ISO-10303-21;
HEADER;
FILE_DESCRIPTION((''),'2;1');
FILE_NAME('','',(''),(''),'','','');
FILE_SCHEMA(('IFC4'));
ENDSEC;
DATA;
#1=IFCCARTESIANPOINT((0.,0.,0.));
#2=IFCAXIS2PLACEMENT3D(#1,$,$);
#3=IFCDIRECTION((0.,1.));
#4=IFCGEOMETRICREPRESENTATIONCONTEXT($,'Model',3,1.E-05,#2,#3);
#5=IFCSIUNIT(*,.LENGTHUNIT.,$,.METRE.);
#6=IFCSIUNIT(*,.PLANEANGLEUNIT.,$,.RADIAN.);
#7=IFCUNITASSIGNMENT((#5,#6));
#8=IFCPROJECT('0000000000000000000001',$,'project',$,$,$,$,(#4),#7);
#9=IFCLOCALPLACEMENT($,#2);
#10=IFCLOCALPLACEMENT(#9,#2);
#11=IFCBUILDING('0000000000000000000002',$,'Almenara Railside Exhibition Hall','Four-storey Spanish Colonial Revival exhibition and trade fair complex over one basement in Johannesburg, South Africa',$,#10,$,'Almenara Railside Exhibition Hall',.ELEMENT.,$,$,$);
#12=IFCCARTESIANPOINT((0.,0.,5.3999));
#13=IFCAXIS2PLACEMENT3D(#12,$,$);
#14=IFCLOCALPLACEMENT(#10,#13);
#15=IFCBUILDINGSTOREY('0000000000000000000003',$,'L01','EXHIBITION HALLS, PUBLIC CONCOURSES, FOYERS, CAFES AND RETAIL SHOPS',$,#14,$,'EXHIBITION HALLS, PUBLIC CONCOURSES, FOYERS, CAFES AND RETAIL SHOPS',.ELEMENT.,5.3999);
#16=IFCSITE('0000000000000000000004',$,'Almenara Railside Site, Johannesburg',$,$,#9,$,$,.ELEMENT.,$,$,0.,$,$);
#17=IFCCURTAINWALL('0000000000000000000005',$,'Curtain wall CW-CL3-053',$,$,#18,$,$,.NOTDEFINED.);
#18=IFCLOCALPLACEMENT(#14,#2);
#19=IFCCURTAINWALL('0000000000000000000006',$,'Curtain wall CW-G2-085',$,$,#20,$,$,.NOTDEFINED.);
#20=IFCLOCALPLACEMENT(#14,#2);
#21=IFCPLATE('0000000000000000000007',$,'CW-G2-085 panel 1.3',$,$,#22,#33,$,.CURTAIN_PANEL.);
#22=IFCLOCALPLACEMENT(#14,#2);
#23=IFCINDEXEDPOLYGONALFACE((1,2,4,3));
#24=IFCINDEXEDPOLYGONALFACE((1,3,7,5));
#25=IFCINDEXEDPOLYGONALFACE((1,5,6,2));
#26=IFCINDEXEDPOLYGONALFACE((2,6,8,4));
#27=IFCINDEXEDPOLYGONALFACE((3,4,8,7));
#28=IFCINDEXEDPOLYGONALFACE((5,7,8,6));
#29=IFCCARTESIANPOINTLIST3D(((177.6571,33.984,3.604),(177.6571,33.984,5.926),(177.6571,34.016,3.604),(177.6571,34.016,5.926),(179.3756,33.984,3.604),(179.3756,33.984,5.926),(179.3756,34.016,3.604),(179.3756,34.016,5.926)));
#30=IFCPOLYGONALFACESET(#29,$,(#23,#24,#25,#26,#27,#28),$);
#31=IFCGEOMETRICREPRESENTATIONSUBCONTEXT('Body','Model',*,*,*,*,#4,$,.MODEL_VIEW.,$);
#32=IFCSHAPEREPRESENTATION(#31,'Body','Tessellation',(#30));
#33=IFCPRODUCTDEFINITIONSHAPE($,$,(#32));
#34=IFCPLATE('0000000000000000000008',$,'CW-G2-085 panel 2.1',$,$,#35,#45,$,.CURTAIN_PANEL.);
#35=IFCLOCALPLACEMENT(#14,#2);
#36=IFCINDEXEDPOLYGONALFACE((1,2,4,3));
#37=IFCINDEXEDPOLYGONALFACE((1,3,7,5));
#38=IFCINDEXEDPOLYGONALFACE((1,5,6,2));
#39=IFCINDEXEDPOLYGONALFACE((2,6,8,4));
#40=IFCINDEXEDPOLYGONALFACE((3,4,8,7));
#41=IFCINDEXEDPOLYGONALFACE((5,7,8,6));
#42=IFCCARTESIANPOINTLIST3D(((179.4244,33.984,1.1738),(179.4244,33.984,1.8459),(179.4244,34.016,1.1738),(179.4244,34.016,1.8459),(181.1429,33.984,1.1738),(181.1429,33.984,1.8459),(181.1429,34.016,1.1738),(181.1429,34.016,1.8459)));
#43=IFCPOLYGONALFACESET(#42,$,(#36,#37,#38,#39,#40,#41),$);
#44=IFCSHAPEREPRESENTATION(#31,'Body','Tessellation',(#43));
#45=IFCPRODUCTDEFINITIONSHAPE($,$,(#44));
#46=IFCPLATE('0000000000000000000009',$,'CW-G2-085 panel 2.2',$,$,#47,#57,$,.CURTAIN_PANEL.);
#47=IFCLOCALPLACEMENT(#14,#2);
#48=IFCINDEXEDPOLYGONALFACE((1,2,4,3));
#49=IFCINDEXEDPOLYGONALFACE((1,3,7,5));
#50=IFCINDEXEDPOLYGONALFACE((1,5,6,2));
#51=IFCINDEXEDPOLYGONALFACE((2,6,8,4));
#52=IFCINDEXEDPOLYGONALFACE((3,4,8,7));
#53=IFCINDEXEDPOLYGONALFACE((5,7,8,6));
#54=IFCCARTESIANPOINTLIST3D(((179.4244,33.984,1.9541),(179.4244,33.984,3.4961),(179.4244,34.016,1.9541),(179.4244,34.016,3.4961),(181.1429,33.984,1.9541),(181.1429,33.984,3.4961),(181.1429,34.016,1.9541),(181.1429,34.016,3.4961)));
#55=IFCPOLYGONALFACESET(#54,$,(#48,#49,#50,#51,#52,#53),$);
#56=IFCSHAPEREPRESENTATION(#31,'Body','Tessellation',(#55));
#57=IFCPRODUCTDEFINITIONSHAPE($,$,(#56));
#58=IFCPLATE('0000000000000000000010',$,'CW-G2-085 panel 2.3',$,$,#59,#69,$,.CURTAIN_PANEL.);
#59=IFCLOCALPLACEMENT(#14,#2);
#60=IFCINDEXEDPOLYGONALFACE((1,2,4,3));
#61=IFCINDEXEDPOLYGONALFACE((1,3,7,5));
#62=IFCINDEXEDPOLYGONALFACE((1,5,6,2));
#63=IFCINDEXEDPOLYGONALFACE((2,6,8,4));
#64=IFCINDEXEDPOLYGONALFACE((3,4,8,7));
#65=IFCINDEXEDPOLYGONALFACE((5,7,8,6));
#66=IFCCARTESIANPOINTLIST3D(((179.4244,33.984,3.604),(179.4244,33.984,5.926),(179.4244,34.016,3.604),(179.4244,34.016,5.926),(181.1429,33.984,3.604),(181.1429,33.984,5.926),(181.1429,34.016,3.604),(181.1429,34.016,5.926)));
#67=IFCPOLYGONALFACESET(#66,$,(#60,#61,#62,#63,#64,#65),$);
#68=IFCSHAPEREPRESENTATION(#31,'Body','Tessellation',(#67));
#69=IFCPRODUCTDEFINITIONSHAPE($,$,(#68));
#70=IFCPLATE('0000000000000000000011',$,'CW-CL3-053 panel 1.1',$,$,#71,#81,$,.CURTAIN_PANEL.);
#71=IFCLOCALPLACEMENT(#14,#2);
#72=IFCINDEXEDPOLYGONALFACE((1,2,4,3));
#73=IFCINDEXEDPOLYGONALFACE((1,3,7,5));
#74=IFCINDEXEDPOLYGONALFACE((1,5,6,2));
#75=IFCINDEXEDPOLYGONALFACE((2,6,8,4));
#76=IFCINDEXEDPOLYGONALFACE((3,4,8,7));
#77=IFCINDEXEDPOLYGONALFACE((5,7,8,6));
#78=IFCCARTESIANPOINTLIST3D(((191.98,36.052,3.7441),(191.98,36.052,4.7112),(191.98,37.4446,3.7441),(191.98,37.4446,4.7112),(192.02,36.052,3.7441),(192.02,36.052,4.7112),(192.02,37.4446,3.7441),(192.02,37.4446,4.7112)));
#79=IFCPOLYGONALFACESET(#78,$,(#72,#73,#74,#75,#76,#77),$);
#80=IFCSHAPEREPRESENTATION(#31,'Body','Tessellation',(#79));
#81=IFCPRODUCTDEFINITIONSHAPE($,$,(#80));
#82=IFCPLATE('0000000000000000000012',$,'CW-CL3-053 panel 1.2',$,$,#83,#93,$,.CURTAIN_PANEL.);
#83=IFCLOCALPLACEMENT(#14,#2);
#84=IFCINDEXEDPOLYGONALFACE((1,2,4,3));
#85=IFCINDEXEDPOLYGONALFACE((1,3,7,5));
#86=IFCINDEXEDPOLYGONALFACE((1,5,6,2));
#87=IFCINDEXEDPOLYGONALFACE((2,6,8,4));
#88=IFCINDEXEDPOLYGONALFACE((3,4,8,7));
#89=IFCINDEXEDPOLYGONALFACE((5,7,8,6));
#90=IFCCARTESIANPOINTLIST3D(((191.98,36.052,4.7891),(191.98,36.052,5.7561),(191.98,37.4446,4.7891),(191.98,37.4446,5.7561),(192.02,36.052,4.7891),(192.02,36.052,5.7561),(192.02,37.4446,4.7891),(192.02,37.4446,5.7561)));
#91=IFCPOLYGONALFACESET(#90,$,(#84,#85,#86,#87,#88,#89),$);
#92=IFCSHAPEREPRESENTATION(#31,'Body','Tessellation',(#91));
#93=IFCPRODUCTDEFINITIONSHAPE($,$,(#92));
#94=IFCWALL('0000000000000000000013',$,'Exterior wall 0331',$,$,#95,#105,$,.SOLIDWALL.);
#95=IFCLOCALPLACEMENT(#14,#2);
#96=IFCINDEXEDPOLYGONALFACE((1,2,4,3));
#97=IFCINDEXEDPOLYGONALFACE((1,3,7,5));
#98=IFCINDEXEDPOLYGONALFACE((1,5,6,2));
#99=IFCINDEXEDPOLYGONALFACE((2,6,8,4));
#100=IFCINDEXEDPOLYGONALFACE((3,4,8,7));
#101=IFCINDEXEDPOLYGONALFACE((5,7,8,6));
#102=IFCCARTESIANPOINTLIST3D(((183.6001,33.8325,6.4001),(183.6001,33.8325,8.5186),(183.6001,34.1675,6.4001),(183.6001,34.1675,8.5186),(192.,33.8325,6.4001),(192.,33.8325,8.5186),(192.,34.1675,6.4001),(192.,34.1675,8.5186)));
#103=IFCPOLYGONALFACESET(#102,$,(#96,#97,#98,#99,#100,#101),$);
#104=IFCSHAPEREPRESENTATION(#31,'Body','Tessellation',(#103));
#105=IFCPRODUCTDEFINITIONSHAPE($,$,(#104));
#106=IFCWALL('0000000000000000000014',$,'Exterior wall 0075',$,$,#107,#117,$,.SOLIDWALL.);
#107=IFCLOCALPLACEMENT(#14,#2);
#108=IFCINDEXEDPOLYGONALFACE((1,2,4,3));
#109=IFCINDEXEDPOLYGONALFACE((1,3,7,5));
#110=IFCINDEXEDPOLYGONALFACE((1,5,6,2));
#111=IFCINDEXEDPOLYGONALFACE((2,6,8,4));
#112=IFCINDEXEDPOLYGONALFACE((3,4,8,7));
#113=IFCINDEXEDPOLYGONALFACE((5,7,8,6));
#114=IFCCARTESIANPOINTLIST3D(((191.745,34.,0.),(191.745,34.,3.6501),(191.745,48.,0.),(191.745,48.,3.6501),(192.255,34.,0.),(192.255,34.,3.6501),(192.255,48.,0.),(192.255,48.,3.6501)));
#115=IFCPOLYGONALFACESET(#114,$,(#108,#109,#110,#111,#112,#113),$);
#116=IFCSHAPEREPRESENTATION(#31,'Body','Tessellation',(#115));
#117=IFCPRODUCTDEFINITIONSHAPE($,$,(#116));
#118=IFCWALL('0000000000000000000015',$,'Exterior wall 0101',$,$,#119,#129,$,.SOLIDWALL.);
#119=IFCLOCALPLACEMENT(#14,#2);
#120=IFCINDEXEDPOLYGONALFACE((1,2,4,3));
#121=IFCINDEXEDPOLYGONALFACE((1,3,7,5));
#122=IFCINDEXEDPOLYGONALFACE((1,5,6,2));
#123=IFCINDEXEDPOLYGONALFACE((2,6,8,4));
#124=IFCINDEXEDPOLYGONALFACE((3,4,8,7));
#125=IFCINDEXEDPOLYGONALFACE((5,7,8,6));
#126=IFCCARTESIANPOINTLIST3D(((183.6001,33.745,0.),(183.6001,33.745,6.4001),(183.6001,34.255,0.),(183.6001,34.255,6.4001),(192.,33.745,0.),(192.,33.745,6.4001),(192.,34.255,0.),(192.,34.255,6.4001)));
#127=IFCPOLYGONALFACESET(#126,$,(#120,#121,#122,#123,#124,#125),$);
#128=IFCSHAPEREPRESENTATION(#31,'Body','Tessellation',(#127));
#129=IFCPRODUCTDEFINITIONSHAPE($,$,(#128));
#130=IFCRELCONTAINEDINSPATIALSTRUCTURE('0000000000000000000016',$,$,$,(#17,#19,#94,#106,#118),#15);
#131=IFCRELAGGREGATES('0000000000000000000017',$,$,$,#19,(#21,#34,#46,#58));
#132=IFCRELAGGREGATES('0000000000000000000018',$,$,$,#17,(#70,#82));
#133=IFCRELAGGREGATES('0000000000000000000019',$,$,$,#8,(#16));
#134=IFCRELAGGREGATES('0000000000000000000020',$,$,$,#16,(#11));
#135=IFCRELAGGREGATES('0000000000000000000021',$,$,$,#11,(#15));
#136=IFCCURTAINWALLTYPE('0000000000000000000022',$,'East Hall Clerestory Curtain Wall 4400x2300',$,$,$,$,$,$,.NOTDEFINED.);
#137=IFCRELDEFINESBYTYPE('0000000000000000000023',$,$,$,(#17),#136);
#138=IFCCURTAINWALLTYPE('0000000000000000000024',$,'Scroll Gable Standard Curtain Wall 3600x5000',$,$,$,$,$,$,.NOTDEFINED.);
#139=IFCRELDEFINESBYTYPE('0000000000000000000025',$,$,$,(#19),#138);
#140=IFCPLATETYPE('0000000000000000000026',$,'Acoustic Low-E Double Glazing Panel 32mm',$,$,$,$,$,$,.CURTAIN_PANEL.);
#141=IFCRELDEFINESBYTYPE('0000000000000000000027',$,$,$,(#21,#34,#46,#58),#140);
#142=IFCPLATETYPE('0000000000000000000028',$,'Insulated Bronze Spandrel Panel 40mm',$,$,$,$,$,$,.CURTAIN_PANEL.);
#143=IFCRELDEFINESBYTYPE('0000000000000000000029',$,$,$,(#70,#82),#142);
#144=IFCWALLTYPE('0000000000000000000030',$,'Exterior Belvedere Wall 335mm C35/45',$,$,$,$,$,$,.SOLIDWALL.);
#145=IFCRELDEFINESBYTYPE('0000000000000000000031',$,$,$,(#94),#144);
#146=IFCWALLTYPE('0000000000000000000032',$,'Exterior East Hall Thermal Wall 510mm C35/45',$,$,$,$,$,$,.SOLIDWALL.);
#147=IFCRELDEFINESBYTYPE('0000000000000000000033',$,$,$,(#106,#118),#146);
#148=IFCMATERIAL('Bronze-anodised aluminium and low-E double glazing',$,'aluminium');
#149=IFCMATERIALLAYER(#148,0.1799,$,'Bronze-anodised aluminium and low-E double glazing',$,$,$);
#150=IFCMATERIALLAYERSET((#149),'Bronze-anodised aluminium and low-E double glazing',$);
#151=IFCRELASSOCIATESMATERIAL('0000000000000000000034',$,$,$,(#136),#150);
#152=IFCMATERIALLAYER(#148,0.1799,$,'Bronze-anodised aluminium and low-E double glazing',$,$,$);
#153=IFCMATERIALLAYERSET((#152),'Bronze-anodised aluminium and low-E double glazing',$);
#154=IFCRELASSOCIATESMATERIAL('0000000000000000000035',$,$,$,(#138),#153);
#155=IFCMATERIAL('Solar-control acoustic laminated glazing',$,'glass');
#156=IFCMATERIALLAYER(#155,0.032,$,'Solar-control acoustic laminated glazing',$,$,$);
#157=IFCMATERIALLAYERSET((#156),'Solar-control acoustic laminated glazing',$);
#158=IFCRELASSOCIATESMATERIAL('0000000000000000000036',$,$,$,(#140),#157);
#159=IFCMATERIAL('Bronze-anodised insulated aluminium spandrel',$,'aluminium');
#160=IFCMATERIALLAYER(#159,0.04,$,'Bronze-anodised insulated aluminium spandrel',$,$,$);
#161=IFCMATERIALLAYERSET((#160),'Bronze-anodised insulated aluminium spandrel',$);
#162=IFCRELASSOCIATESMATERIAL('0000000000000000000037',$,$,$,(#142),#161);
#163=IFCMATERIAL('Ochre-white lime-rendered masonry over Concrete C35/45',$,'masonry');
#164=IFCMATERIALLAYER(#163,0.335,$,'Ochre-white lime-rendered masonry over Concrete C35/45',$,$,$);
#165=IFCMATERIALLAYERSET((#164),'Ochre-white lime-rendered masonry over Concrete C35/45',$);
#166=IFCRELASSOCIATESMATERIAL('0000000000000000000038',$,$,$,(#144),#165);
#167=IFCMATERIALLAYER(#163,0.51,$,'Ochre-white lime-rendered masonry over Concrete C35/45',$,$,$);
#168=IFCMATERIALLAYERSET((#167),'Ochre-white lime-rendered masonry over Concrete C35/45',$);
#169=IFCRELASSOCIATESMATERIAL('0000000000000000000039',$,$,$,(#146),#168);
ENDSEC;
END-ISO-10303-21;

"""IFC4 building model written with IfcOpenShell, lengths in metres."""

from ifc_helpers import new_model, si_unit, direction, frame, frame_2d, origin, origin_2d, place, context, subcontext, project, spatial, rectangle, extrude, material, layer, layer_set, type_object, element, aggregate, save


model = new_model("IFC4")

# Units and contexts
model_context = context("Model", 3, precision=1e-05, world=origin(), true_north=direction((0.0, 1.0)))
body_context = subcontext(model_context, "Body", "Model", "MODEL_VIEW")
ifc_project = project(units=[si_unit("LENGTHUNIT", "METRE"), si_unit("PLANEANGLEUNIT", "RADIAN")], contexts=[model_context])

# Site, building, storey
site_placement = place(None, origin())
site = spatial("IfcSite", under=ifc_project, at=site_placement, Name="Almenara Railside Site, Johannesburg", CompositionType="ELEMENT", RefElevation=0.0)
building_placement = place(site_placement, origin())
building = spatial("IfcBuilding", under=site, at=building_placement, Name="Almenara Railside Exhibition Hall", Description="Four-storey Spanish Colonial Revival exhibition and trade fair complex over one basement in Johannesburg, South Africa", LongName="Almenara Railside Exhibition Hall", CompositionType="ELEMENT")
storey_placement = place(building_placement, frame((0.0, 0.0, 5.3999)))
storey = spatial("IfcBuildingStorey", under=building, at=storey_placement, Name="L01", Description="EXHIBITION HALLS, PUBLIC CONCOURSES, FOYERS, CAFES AND RETAIL SHOPS", LongName="EXHIBITION HALLS, PUBLIC CONCOURSES, FOYERS, CAFES AND RETAIL SHOPS", CompositionType="ELEMENT", Elevation=5.3999)

# Curtain walls
ifc_material_1 = material(Name="Bronze-anodised aluminium and low-E double glazing", Category="aluminium")
ifc_layer_1 = layer(ifc_material_1, 0.1799, Name="Bronze-anodised aluminium and low-E double glazing")
ifc_layer_set_1 = layer_set([ifc_layer_1], Name="Bronze-anodised aluminium and low-E double glazing")
curtain_wall_type_1 = type_object("IfcCurtainWallType", Name="East Hall Clerestory Curtain Wall 4400x2300", PredefinedType="NOTDEFINED", material=ifc_layer_set_1)
curtain_wall_1_placement = place(storey_placement, origin())
curtain_wall_1 = element("IfcCurtainWall", 1, at=curtain_wall_1_placement, inside=storey, type_object=curtain_wall_type_1, Name="Curtain wall CW-CL3-053", PredefinedType="NOTDEFINED")
ifc_layer_2 = layer(ifc_material_1, 0.1799, Name="Bronze-anodised aluminium and low-E double glazing")
ifc_layer_set_2 = layer_set([ifc_layer_2], Name="Bronze-anodised aluminium and low-E double glazing")
curtain_wall_type_2 = type_object("IfcCurtainWallType", Name="Scroll Gable Standard Curtain Wall 3600x5000", PredefinedType="NOTDEFINED", material=ifc_layer_set_2)
curtain_wall_2_placement = place(storey_placement, origin())
curtain_wall_2 = element("IfcCurtainWall", 2, at=curtain_wall_2_placement, inside=storey, type_object=curtain_wall_type_2, Name="Curtain wall CW-G2-085", PredefinedType="NOTDEFINED")

# Plates
ifc_material_2 = material(Name="Solar-control acoustic laminated glazing", Category="glass")
ifc_layer_3 = layer(ifc_material_2, 0.032, Name="Solar-control acoustic laminated glazing")
ifc_layer_set_3 = layer_set([ifc_layer_3], Name="Solar-control acoustic laminated glazing")
plate_type_1 = type_object("IfcPlateType", Name="Acoustic Low-E Double Glazing Panel 32mm", PredefinedType="CURTAIN_PANEL", material=ifc_layer_set_3)
plate_1_placement = place(storey_placement, frame((178.5164, 34.0, 3.604), z_axis=(0.0, 0.0, 1.0), x_axis=(1.0, 0.0, 0.0)))
plate_1 = element("IfcPlate", 3, at=plate_1_placement, type_object=plate_type_1, Name="CW-G2-085 panel 1.3", PredefinedType="CURTAIN_PANEL", context=body_context, shape_type="SweptSolid", body=[
    extrude(rectangle(XDim=1.7185, YDim=0.032, at=origin_2d()), origin(), (0.0, 0.0, 1.0), 2.322),
])
plate_2_placement = place(storey_placement, frame((180.2837, 34.0, 1.1738), z_axis=(0.0, 0.0, 1.0), x_axis=(1.0, 0.0, 0.0)))
plate_2 = element("IfcPlate", 4, at=plate_2_placement, type_object=plate_type_1, Name="CW-G2-085 panel 2.1", PredefinedType="CURTAIN_PANEL", context=body_context, shape_type="SweptSolid", body=[
    extrude(rectangle(XDim=1.7185, YDim=0.032, at=origin_2d()), origin(), (0.0, 0.0, 1.0), 0.6721),
])
plate_3_placement = place(storey_placement, frame((180.2837, 34.0, 1.9541), z_axis=(0.0, 0.0, 1.0), x_axis=(1.0, 0.0, 0.0)))
plate_3 = element("IfcPlate", 5, at=plate_3_placement, type_object=plate_type_1, Name="CW-G2-085 panel 2.2", PredefinedType="CURTAIN_PANEL", context=body_context, shape_type="SweptSolid", body=[
    extrude(rectangle(XDim=1.7185, YDim=0.032, at=origin_2d()), origin(), (0.0, 0.0, 1.0), 1.542),
])
plate_4_placement = place(storey_placement, frame((180.2837, 34.0, 3.604), z_axis=(0.0, 0.0, 1.0), x_axis=(1.0, 0.0, 0.0)))
plate_4 = element("IfcPlate", 6, at=plate_4_placement, type_object=plate_type_1, Name="CW-G2-085 panel 2.3", PredefinedType="CURTAIN_PANEL", context=body_context, shape_type="SweptSolid", body=[
    extrude(rectangle(XDim=1.7185, YDim=0.032, at=origin_2d()), origin(), (0.0, 0.0, 1.0), 2.322),
])
aggregate(curtain_wall_2, [plate_1, plate_2, plate_3, plate_4])
ifc_material_3 = material(Name="Bronze-anodised insulated aluminium spandrel", Category="aluminium")
ifc_layer_4 = layer(ifc_material_3, 0.04, Name="Bronze-anodised insulated aluminium spandrel")
ifc_layer_set_4 = layer_set([ifc_layer_4], Name="Bronze-anodised insulated aluminium spandrel")
plate_type_2 = type_object("IfcPlateType", Name="Insulated Bronze Spandrel Panel 40mm", PredefinedType="CURTAIN_PANEL", material=ifc_layer_set_4)
plate_5_placement = place(storey_placement, frame((192.0, 36.7483, 3.7441), z_axis=(0.0, 0.0, 1.0), x_axis=(0.0, 1.0, 0.0)))
plate_5 = element("IfcPlate", 7, at=plate_5_placement, type_object=plate_type_2, Name="CW-CL3-053 panel 1.1", PredefinedType="CURTAIN_PANEL", context=body_context, shape_type="SweptSolid", body=[
    extrude(rectangle(XDim=1.3926, YDim=0.04, at=origin_2d()), origin(), (0.0, 0.0, 1.0), 0.967),
])
plate_6_placement = place(storey_placement, frame((192.0, 36.7483, 4.7891), z_axis=(0.0, 0.0, 1.0), x_axis=(0.0, 1.0, 0.0)))
plate_6 = element("IfcPlate", 8, at=plate_6_placement, type_object=plate_type_2, Name="CW-CL3-053 panel 1.2", PredefinedType="CURTAIN_PANEL", context=body_context, shape_type="SweptSolid", body=[
    extrude(rectangle(XDim=1.3926, YDim=0.04, at=origin_2d()), origin(), (0.0, 0.0, 1.0), 0.967),
])
aggregate(curtain_wall_1, [plate_5, plate_6])

# Walls
ifc_material_4 = material(Name="Ochre-white lime-rendered masonry over Concrete C35/45", Category="masonry")
ifc_layer_5 = layer(ifc_material_4, 0.335, Name="Ochre-white lime-rendered masonry over Concrete C35/45")
ifc_layer_set_5 = layer_set([ifc_layer_5], Name="Ochre-white lime-rendered masonry over Concrete C35/45")
wall_type_1 = type_object("IfcWallType", Name="Exterior Belvedere Wall 335mm C35/45", PredefinedType="SOLIDWALL", material=ifc_layer_set_5)
wall_1_placement = place(storey_placement, frame((183.6001, 34.0, 6.4001), z_axis=(0.0, 0.0, 1.0), x_axis=(1.0, 0.0, 0.0)))
element("IfcWall", 9, at=wall_1_placement, inside=storey, type_object=wall_type_1, Name="Exterior wall 0331", PredefinedType="SOLIDWALL", context=body_context, shape_type="SweptSolid", body=[
    extrude(rectangle(XDim=8.3999, YDim=0.335, at=frame_2d((4.2, 0.0))), origin(), (0.0, 0.0, 1.0), 2.1184),
])
ifc_layer_6 = layer(ifc_material_4, 0.51, Name="Ochre-white lime-rendered masonry over Concrete C35/45")
ifc_layer_set_6 = layer_set([ifc_layer_6], Name="Ochre-white lime-rendered masonry over Concrete C35/45")
wall_type_2 = type_object("IfcWallType", Name="Exterior East Hall Thermal Wall 510mm C35/45", PredefinedType="SOLIDWALL", material=ifc_layer_set_6)
wall_2_placement = place(storey_placement, frame((192.0, 34.0, 0.0), z_axis=(0.0, 0.0, 1.0), x_axis=(0.0, 1.0, 0.0)))
element("IfcWall", 10, at=wall_2_placement, inside=storey, type_object=wall_type_2, Name="Exterior wall 0075", PredefinedType="SOLIDWALL", context=body_context, shape_type="SweptSolid", body=[
    extrude(rectangle(XDim=14.0, YDim=0.51, at=frame_2d((7.0, 0.0))), origin(), (0.0, 0.0, 1.0), 3.6501),
])
wall_3_placement = place(storey_placement, frame((183.6001, 34.0, 0.0), z_axis=(0.0, 0.0, 1.0), x_axis=(1.0, 0.0, 0.0)))
element("IfcWall", 11, at=wall_3_placement, inside=storey, type_object=wall_type_2, Name="Exterior wall 0101", PredefinedType="SOLIDWALL", context=body_context, shape_type="SweptSolid", body=[
    extrude(rectangle(XDim=8.3999, YDim=0.51, at=frame_2d((4.2, 0.0))), origin(), (0.0, 0.0, 1.0), 6.4001),
])

save(model, "model.ifc")
